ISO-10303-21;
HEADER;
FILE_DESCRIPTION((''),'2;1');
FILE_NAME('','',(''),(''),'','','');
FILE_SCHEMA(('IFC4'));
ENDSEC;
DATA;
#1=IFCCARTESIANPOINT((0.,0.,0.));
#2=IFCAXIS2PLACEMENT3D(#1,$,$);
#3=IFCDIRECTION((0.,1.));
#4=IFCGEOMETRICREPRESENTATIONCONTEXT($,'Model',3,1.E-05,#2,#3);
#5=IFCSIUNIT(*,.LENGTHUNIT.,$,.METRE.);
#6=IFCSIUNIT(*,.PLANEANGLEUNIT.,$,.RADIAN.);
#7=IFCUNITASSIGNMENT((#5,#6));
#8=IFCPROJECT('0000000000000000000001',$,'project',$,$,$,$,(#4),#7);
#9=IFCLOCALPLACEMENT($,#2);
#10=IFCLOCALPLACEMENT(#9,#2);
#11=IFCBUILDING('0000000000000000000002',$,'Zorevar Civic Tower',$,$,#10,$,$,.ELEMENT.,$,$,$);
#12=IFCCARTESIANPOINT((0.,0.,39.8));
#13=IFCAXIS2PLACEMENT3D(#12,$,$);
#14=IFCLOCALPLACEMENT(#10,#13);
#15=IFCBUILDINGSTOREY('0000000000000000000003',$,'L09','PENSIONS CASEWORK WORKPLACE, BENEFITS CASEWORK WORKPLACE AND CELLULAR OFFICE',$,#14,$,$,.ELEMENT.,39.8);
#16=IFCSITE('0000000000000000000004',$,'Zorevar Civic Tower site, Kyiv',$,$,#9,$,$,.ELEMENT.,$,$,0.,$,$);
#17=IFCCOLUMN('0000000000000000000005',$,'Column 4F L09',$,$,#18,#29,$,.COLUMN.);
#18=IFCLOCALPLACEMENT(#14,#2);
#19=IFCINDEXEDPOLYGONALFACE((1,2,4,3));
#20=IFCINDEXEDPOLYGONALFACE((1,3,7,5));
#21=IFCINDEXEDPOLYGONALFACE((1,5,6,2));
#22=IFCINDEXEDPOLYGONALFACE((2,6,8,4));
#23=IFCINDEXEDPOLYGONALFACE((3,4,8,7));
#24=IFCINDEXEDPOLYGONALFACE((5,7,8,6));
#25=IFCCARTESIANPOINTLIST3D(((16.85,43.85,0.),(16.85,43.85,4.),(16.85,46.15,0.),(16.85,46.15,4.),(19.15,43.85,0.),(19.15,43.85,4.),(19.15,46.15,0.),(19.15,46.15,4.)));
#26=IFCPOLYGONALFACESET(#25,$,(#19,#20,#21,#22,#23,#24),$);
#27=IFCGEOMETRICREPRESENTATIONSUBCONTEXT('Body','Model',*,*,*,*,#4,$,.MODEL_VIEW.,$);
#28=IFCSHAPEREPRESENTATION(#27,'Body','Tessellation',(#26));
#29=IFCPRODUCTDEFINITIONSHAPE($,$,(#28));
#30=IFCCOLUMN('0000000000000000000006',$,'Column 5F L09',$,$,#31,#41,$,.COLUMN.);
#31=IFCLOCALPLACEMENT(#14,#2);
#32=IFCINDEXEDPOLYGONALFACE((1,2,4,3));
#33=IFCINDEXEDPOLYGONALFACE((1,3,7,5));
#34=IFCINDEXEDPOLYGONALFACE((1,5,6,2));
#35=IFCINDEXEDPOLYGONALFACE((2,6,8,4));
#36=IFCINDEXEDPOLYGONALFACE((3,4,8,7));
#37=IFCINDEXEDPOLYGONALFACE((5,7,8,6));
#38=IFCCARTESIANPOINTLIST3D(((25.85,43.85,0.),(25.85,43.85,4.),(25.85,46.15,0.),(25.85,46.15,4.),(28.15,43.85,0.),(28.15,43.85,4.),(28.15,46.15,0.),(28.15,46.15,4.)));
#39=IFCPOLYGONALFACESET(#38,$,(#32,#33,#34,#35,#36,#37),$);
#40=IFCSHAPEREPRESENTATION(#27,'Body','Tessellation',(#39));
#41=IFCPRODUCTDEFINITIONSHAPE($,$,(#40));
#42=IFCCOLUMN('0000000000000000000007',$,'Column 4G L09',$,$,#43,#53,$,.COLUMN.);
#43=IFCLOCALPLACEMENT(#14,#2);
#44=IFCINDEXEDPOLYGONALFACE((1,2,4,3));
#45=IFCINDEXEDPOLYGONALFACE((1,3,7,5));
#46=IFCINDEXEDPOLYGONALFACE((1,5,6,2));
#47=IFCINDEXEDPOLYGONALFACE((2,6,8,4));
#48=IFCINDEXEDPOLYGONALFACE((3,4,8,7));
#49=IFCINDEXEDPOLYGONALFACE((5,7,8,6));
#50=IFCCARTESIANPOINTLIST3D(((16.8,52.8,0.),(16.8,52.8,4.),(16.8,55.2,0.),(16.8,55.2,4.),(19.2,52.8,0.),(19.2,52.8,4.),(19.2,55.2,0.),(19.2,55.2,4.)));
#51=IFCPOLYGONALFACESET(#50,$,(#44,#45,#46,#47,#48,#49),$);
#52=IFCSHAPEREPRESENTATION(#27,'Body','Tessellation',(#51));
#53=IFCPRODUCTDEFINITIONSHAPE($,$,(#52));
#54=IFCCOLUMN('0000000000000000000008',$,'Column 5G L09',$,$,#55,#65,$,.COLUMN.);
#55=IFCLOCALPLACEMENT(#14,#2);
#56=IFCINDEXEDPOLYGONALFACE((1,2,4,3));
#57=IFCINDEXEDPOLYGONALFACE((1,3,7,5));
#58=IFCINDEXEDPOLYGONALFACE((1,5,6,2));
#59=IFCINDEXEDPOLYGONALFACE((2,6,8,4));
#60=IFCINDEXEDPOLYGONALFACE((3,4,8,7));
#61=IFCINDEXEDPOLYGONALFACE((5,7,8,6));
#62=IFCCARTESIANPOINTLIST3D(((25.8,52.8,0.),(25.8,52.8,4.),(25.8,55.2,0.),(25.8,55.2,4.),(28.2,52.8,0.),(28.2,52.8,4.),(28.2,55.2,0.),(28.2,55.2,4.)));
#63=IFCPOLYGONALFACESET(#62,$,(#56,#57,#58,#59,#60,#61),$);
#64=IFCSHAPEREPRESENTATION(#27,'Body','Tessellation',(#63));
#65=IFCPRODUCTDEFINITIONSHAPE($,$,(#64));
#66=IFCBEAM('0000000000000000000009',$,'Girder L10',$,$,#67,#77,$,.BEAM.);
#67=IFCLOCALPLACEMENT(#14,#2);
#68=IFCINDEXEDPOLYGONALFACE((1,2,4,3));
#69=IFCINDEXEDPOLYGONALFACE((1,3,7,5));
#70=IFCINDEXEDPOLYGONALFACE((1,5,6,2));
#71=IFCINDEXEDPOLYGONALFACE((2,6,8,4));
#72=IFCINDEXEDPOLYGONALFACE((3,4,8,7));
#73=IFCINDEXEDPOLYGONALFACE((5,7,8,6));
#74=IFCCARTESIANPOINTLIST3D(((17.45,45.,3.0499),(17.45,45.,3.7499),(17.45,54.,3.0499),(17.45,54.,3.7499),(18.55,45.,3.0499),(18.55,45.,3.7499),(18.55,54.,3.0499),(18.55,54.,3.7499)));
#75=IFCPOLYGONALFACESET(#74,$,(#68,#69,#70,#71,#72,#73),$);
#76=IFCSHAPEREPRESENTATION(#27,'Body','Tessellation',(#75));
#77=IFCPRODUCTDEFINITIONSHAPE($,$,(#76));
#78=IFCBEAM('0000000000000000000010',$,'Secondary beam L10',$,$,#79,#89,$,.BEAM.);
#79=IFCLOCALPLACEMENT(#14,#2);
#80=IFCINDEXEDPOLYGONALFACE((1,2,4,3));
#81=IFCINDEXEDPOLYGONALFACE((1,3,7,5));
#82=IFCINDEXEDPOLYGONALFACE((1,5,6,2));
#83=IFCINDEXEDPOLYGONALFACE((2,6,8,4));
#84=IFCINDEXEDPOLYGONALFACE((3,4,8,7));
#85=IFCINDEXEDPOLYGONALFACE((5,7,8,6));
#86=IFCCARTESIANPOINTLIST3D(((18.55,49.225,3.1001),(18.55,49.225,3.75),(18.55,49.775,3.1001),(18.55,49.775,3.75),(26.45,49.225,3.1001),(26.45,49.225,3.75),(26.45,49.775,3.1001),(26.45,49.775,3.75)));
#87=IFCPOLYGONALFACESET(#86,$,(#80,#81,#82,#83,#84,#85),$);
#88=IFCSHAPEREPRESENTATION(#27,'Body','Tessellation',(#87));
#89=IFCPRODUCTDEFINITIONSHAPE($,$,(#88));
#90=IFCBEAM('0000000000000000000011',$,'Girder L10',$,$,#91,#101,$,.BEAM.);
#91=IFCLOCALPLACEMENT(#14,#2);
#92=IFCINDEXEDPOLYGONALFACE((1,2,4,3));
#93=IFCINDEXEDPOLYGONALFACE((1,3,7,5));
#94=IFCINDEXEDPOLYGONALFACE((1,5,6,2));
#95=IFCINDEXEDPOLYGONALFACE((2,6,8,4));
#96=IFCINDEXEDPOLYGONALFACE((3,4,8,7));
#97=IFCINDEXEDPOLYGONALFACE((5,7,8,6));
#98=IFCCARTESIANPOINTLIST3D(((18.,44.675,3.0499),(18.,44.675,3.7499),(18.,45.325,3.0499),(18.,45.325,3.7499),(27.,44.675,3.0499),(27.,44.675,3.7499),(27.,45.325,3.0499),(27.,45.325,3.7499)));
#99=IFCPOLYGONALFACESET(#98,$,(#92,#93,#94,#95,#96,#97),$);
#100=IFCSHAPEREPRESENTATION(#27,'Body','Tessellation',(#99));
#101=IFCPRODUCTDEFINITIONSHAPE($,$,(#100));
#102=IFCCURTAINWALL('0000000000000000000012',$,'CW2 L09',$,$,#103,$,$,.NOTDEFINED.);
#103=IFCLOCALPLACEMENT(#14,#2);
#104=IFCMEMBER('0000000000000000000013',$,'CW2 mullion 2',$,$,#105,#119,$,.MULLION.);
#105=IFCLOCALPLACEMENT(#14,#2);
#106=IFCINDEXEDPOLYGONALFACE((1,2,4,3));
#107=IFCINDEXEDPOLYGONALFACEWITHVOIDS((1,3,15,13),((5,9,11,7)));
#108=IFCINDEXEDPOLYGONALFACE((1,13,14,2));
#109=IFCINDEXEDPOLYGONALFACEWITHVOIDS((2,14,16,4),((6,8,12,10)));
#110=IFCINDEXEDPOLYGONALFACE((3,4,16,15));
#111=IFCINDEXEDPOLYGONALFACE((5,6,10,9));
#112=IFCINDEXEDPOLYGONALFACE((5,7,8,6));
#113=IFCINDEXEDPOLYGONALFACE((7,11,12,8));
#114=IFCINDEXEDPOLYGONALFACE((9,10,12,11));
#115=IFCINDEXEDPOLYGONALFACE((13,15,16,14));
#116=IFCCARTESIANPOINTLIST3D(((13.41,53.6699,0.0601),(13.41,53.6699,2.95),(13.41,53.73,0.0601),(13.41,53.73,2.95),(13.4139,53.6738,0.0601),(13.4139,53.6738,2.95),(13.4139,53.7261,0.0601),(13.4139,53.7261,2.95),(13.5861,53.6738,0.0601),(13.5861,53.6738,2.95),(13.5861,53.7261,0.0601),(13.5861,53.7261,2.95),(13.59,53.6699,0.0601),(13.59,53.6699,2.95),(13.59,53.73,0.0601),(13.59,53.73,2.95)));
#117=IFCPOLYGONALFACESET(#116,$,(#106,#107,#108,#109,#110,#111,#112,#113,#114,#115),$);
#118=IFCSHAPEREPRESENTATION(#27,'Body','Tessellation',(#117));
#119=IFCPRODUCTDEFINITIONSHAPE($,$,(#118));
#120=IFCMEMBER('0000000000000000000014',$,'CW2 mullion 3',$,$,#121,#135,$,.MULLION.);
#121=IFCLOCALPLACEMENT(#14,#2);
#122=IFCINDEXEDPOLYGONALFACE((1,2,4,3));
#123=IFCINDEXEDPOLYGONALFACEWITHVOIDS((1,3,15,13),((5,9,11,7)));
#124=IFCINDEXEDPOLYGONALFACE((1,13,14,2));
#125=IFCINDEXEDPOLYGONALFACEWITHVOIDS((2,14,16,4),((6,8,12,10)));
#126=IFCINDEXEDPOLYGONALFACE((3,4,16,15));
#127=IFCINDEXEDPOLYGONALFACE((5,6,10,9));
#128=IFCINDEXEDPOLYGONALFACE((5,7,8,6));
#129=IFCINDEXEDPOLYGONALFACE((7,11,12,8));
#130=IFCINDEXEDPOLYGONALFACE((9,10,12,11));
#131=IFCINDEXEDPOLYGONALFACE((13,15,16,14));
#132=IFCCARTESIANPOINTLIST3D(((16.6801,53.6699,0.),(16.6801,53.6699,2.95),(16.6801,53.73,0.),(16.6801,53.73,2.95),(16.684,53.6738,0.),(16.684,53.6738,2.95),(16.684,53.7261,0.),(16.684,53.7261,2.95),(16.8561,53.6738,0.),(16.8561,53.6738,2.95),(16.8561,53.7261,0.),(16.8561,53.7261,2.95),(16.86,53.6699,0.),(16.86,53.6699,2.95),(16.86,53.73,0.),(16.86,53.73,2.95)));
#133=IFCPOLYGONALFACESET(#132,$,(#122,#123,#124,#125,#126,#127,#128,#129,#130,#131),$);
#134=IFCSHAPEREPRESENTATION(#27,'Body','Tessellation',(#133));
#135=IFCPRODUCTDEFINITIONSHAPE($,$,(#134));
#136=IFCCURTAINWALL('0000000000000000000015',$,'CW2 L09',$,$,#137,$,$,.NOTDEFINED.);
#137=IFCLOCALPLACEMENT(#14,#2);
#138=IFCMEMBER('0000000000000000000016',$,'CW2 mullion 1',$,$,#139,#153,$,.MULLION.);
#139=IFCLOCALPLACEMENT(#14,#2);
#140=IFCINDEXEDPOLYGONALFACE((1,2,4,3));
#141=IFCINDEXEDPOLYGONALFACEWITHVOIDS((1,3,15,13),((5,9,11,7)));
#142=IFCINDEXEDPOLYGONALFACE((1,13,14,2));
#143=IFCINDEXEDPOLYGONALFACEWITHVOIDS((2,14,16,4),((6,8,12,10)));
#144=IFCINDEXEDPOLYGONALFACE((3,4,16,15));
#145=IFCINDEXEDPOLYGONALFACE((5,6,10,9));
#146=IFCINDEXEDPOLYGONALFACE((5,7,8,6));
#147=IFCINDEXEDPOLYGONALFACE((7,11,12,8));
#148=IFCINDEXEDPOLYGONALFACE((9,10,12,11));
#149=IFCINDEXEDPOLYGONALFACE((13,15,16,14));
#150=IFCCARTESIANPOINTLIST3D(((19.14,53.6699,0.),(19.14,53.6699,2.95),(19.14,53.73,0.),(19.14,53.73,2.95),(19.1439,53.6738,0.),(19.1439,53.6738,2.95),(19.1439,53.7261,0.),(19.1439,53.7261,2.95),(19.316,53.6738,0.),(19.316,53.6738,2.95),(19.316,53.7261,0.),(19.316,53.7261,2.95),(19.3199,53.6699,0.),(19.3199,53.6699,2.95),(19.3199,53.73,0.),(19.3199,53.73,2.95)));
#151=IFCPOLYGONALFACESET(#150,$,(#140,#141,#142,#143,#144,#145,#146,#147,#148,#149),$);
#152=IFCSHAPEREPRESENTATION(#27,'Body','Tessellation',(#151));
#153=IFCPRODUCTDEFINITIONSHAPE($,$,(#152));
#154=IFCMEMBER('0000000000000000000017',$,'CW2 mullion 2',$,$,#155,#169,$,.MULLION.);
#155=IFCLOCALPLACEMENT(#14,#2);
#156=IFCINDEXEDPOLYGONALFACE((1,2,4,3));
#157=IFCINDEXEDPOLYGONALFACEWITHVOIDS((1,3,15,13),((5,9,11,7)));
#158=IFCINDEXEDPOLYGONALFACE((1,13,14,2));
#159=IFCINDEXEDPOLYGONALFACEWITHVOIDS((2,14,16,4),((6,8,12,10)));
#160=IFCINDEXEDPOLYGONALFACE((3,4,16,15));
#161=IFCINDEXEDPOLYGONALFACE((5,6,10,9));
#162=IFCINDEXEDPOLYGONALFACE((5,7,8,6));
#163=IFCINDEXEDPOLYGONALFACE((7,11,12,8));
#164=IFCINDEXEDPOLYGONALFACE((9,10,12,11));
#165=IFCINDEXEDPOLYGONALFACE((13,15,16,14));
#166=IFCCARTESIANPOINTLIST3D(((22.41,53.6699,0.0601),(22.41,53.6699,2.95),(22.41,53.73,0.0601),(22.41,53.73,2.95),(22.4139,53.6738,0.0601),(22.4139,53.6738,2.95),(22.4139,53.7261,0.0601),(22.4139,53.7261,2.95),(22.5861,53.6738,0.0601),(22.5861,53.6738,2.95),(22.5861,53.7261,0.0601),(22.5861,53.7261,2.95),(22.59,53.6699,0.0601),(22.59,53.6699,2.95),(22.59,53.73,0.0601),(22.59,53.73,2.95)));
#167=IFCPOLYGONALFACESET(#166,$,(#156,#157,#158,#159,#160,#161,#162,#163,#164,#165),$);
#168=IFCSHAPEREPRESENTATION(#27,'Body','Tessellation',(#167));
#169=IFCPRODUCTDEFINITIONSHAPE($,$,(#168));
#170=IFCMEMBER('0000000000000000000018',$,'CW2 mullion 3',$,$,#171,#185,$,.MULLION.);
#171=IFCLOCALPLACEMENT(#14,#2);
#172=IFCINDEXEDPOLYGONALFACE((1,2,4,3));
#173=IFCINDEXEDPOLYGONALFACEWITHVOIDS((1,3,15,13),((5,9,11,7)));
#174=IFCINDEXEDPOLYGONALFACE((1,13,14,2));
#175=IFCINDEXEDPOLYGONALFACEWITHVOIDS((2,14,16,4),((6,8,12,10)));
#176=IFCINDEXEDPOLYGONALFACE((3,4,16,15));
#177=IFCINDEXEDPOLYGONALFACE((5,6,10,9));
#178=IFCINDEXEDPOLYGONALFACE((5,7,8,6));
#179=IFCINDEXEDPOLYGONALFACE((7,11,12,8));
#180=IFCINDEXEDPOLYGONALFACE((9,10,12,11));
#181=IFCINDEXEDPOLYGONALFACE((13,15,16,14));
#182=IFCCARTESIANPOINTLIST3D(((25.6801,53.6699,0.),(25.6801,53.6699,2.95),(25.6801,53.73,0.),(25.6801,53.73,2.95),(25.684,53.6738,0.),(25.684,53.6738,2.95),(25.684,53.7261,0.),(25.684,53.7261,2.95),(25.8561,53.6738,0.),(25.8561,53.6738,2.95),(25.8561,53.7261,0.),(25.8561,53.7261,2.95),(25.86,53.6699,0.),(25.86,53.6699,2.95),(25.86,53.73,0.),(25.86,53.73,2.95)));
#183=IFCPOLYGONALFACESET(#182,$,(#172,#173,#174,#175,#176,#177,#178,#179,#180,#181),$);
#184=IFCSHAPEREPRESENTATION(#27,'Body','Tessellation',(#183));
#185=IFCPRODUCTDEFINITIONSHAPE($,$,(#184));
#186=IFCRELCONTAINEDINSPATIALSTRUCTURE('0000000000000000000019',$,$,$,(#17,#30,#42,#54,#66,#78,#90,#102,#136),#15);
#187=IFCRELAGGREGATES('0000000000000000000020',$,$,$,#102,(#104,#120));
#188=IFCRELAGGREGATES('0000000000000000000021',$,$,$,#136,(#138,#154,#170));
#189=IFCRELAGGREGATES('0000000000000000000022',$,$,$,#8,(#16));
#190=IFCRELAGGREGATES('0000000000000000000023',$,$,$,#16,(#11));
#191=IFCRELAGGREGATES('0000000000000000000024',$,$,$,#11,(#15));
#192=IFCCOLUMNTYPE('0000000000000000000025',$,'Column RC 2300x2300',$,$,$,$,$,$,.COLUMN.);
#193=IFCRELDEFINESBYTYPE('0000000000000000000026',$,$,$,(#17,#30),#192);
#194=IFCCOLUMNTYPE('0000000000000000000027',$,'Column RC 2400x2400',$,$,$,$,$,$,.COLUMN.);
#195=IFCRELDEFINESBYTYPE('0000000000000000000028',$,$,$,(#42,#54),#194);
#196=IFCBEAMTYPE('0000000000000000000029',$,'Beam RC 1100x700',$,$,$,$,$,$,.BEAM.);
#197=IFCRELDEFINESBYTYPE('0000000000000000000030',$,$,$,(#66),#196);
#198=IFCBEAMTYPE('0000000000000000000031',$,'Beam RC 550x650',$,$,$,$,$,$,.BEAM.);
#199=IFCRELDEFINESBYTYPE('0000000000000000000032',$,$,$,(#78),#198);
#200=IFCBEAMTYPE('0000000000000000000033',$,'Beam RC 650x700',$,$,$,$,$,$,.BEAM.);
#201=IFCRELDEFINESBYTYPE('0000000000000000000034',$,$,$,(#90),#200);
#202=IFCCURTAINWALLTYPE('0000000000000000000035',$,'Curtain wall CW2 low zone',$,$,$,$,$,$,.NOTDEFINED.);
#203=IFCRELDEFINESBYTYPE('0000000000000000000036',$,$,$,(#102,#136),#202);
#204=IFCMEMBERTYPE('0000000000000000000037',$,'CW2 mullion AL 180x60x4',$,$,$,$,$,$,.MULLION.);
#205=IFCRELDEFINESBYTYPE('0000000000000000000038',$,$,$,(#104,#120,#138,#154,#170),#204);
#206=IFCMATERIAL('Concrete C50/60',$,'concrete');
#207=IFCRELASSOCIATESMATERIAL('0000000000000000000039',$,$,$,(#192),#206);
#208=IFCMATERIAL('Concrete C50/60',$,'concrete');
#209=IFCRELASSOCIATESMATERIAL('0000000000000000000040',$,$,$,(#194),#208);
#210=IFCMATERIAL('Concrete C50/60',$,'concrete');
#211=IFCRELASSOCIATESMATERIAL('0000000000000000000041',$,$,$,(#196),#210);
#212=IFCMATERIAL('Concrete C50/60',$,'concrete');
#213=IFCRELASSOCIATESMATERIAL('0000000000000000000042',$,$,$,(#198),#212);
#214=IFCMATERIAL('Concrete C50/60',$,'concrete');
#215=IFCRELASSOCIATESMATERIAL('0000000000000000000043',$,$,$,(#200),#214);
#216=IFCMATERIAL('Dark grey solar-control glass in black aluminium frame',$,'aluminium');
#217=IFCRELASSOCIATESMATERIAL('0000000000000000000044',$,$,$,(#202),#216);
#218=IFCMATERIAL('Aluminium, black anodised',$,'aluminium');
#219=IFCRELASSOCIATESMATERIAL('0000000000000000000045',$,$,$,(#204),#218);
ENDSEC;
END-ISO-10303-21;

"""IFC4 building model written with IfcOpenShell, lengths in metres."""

from ifc_helpers import new_model, si_unit, direction, frame, origin, origin_2d, place, context, subcontext, project, spatial, rectangle, hollow_rectangle, extrude, material, material_profile, profile_set, type_object, element, aggregate, save


model = new_model("IFC4")

# Units and contexts
model_context = context("Model", 3, precision=1e-05, world=origin(), true_north=direction((0.0, 1.0)))
body_context = subcontext(model_context, "Body", "Model", "MODEL_VIEW")
ifc_project = project(units=[si_unit("LENGTHUNIT", "METRE"), si_unit("PLANEANGLEUNIT", "RADIAN")], contexts=[model_context])

# Site, building, storey
site_placement = place(None, origin())
site = spatial("IfcSite", under=ifc_project, at=site_placement, Name="Zorevar Civic Tower site, Kyiv", CompositionType="ELEMENT", RefElevation=0.0)
building_placement = place(site_placement, origin())
building = spatial("IfcBuilding", under=site, at=building_placement, Name="Zorevar Civic Tower", CompositionType="ELEMENT")
storey_placement = place(building_placement, frame((0.0, 0.0, 39.8)))
storey = spatial("IfcBuildingStorey", under=building, at=storey_placement, Name="L09", Description="PENSIONS CASEWORK WORKPLACE, BENEFITS CASEWORK WORKPLACE AND CELLULAR OFFICE", CompositionType="ELEMENT", Elevation=39.8)

# Columns
ifc_material_1 = material(Name="Concrete C50/60", Category="concrete")
ifc_material_profile_1 = material_profile(ifc_material_1, rectangle(XDim=2.3, YDim=2.3, at=origin_2d()), Name="RC 2300x2300")
ifc_profile_set_1 = profile_set([ifc_material_profile_1], Name="Concrete C50/60")
column_type_1 = type_object("IfcColumnType", Name="Column RC 2300x2300", PredefinedType="COLUMN", material=ifc_profile_set_1)
for number, where, z_axis, x_axis, name in (
    (1, (18.0, 45.0, 0.0), (0.0, 0.0, 1.0), (1.0, 0.0, 0.0), "Column 4F L09"),
    (2, (27.0, 45.0, 0.0), (0.0, 0.0, 1.0), (1.0, 0.0, 0.0), "Column 5F L09"),
):
    element("IfcColumn", number, at=place(storey_placement, frame(where, z_axis=z_axis, x_axis=x_axis)), inside=storey, type_object=column_type_1, Name=name, PredefinedType="COLUMN", context=body_context, shape_type="SweptSolid", body=[
        extrude(rectangle(XDim=2.3, YDim=2.3, at=origin_2d()), origin(), (0.0, 0.0, 1.0), 4.0),
    ])
ifc_material_2 = material(Name="Concrete C50/60", Category="concrete")
ifc_material_profile_2 = material_profile(ifc_material_2, rectangle(XDim=2.3999, YDim=2.3999, at=origin_2d()), Name="RC 2400x2400")
ifc_profile_set_2 = profile_set([ifc_material_profile_2], Name="Concrete C50/60")
column_type_2 = type_object("IfcColumnType", Name="Column RC 2400x2400", PredefinedType="COLUMN", material=ifc_profile_set_2)
for number, where, z_axis, x_axis, name in (
    (3, (18.0, 54.0, 0.0), (0.0, 0.0, 1.0), (1.0, 0.0, 0.0), "Column 4G L09"),
    (4, (27.0, 54.0, 0.0), (0.0, 0.0, 1.0), (1.0, 0.0, 0.0), "Column 5G L09"),
):
    element("IfcColumn", number, at=place(storey_placement, frame(where, z_axis=z_axis, x_axis=x_axis)), inside=storey, type_object=column_type_2, Name=name, PredefinedType="COLUMN", context=body_context, shape_type="SweptSolid", body=[
        extrude(rectangle(XDim=2.3999, YDim=2.3999, at=origin_2d()), origin(), (0.0, 0.0, 1.0), 4.0),
    ])

# Beams
ifc_material_3 = material(Name="Concrete C50/60", Category="concrete")
ifc_material_profile_3 = material_profile(ifc_material_3, rectangle(XDim=1.1001, YDim=0.7, at=origin_2d()), Name="RC 1100x700")
ifc_profile_set_3 = profile_set([ifc_material_profile_3], Name="Concrete C50/60")
beam_type_1 = type_object("IfcBeamType", Name="Beam RC 1100x700", PredefinedType="BEAM", material=ifc_profile_set_3)
beam_1_placement = place(storey_placement, frame((18.0, 45.0, 3.3999), z_axis=(0.0, 1.0, 0.0), x_axis=(-1.0, 0.0, 0.0)))
element("IfcBeam", 5, at=beam_1_placement, inside=storey, type_object=beam_type_1, Name="Girder L10", PredefinedType="BEAM", context=body_context, shape_type="SweptSolid", body=[
    extrude(rectangle(XDim=1.1001, YDim=0.7, at=origin_2d()), origin(), (0.0, 0.0, 1.0), 9.0),
])
ifc_material_4 = material(Name="Concrete C50/60", Category="concrete")
ifc_material_profile_4 = material_profile(ifc_material_4, rectangle(XDim=0.55, YDim=0.6499, at=origin_2d()), Name="RC 550x650")
ifc_profile_set_4 = profile_set([ifc_material_profile_4], Name="Concrete C50/60")
beam_type_2 = type_object("IfcBeamType", Name="Beam RC 550x650", PredefinedType="BEAM", material=ifc_profile_set_4)
beam_2_placement = place(storey_placement, frame((18.55, 49.5, 3.425), z_axis=(1.0, 0.0, 0.0), x_axis=(0.0, 1.0, 0.0)))
element("IfcBeam", 6, at=beam_2_placement, inside=storey, type_object=beam_type_2, Name="Secondary beam L10", PredefinedType="BEAM", context=body_context, shape_type="SweptSolid", body=[
    extrude(rectangle(XDim=0.55, YDim=0.6499, at=origin_2d()), origin(), (0.0, 0.0, 1.0), 7.8999),
])
ifc_material_5 = material(Name="Concrete C50/60", Category="concrete")
ifc_material_profile_5 = material_profile(ifc_material_5, rectangle(XDim=0.6499, YDim=0.7, at=origin_2d()), Name="RC 650x700")
ifc_profile_set_5 = profile_set([ifc_material_profile_5], Name="Concrete C50/60")
beam_type_3 = type_object("IfcBeamType", Name="Beam RC 650x700", PredefinedType="BEAM", material=ifc_profile_set_5)
beam_3_placement = place(storey_placement, frame((18.0, 45.0, 3.3999), z_axis=(1.0, 0.0, 0.0), x_axis=(0.0, 1.0, 0.0)))
element("IfcBeam", 7, at=beam_3_placement, inside=storey, type_object=beam_type_3, Name="Girder L10", PredefinedType="BEAM", context=body_context, shape_type="SweptSolid", body=[
    extrude(rectangle(XDim=0.6499, YDim=0.7, at=origin_2d()), origin(), (0.0, 0.0, 1.0), 9.0),
])

# Curtain walls, members
ifc_material_6 = material(Name="Dark grey solar-control glass in black aluminium frame", Category="aluminium")
curtain_wall_type = type_object("IfcCurtainWallType", Name="Curtain wall CW2 low zone", PredefinedType="NOTDEFINED", material=ifc_material_6)
curtain_wall_1_placement = place(storey_placement, origin())
curtain_wall_1 = element("IfcCurtainWall", 8, at=curtain_wall_1_placement, inside=storey, type_object=curtain_wall_type, Name="CW2 L09", PredefinedType="NOTDEFINED")
ifc_material_7 = material(Name="Aluminium, black anodised", Category="aluminium")
ifc_material_profile_6 = material_profile(ifc_material_7, hollow_rectangle(XDim=0.0601, YDim=0.1799, WallThickness=0.0039, at=origin_2d()), Name="AL 180x60x4")
ifc_profile_set_6 = profile_set([ifc_material_profile_6], Name="Aluminium, black anodised")
member_type_1 = type_object("IfcMemberType", Name="CW2 mullion AL 180x60x4", PredefinedType="MULLION", material=ifc_profile_set_6)
member_1_placement = place(storey_placement, frame((13.5, 53.7, 0.0601), z_axis=(0.0, 0.0, 1.0), x_axis=(0.0, 1.0, 0.0)))
member_1 = element("IfcMember", 9, at=member_1_placement, type_object=member_type_1, Name="CW2 mullion 2", PredefinedType="MULLION", context=body_context, shape_type="SweptSolid", body=[
    extrude(hollow_rectangle(XDim=0.0601, YDim=0.1799, WallThickness=0.0039, at=origin_2d()), origin(), (0.0, 0.0, 1.0), 2.8899),
])
member_2_placement = place(storey_placement, frame((16.77, 53.7, 0.0), z_axis=(0.0, 0.0, 1.0), x_axis=(0.0, 1.0, 0.0)))
member_2 = element("IfcMember", 10, at=member_2_placement, type_object=member_type_1, Name="CW2 mullion 3", PredefinedType="MULLION", context=body_context, shape_type="SweptSolid", body=[
    extrude(hollow_rectangle(XDim=0.0601, YDim=0.1799, WallThickness=0.0039, at=origin_2d()), origin(), (0.0, 0.0, 1.0), 2.95),
])
curtain_wall_2_placement = place(storey_placement, origin())
curtain_wall_2 = element("IfcCurtainWall", 11, at=curtain_wall_2_placement, inside=storey, type_object=curtain_wall_type, Name="CW2 L09", PredefinedType="NOTDEFINED")
member_3_placement = place(storey_placement, frame((19.23, 53.7, 0.0), z_axis=(0.0, 0.0, 1.0), x_axis=(0.0, 1.0, 0.0)))
member_3 = element("IfcMember", 12, at=member_3_placement, type_object=member_type_1, Name="CW2 mullion 1", PredefinedType="MULLION", context=body_context, shape_type="SweptSolid", body=[
    extrude(hollow_rectangle(XDim=0.0601, YDim=0.1799, WallThickness=0.0039, at=origin_2d()), origin(), (0.0, 0.0, 1.0), 2.95),
])
member_4_placement = place(storey_placement, frame((22.5, 53.7, 0.0601), z_axis=(0.0, 0.0, 1.0), x_axis=(0.0, 1.0, 0.0)))
member_4 = element("IfcMember", 13, at=member_4_placement, type_object=member_type_1, Name="CW2 mullion 2", PredefinedType="MULLION", context=body_context, shape_type="SweptSolid", body=[
    extrude(hollow_rectangle(XDim=0.0601, YDim=0.1799, WallThickness=0.0039, at=origin_2d()), origin(), (0.0, 0.0, 1.0), 2.8899),
])
member_5_placement = place(storey_placement, frame((25.77, 53.7, 0.0), z_axis=(0.0, 0.0, 1.0), x_axis=(0.0, 1.0, 0.0)))
member_5 = element("IfcMember", 14, at=member_5_placement, type_object=member_type_1, Name="CW2 mullion 3", PredefinedType="MULLION", context=body_context, shape_type="SweptSolid", body=[
    extrude(hollow_rectangle(XDim=0.0601, YDim=0.1799, WallThickness=0.0039, at=origin_2d()), origin(), (0.0, 0.0, 1.0), 2.95),
])

aggregate(curtain_wall_1, [member_1, member_2])
aggregate(curtain_wall_2, [member_3, member_4, member_5])

save(model, "model.ifc")
